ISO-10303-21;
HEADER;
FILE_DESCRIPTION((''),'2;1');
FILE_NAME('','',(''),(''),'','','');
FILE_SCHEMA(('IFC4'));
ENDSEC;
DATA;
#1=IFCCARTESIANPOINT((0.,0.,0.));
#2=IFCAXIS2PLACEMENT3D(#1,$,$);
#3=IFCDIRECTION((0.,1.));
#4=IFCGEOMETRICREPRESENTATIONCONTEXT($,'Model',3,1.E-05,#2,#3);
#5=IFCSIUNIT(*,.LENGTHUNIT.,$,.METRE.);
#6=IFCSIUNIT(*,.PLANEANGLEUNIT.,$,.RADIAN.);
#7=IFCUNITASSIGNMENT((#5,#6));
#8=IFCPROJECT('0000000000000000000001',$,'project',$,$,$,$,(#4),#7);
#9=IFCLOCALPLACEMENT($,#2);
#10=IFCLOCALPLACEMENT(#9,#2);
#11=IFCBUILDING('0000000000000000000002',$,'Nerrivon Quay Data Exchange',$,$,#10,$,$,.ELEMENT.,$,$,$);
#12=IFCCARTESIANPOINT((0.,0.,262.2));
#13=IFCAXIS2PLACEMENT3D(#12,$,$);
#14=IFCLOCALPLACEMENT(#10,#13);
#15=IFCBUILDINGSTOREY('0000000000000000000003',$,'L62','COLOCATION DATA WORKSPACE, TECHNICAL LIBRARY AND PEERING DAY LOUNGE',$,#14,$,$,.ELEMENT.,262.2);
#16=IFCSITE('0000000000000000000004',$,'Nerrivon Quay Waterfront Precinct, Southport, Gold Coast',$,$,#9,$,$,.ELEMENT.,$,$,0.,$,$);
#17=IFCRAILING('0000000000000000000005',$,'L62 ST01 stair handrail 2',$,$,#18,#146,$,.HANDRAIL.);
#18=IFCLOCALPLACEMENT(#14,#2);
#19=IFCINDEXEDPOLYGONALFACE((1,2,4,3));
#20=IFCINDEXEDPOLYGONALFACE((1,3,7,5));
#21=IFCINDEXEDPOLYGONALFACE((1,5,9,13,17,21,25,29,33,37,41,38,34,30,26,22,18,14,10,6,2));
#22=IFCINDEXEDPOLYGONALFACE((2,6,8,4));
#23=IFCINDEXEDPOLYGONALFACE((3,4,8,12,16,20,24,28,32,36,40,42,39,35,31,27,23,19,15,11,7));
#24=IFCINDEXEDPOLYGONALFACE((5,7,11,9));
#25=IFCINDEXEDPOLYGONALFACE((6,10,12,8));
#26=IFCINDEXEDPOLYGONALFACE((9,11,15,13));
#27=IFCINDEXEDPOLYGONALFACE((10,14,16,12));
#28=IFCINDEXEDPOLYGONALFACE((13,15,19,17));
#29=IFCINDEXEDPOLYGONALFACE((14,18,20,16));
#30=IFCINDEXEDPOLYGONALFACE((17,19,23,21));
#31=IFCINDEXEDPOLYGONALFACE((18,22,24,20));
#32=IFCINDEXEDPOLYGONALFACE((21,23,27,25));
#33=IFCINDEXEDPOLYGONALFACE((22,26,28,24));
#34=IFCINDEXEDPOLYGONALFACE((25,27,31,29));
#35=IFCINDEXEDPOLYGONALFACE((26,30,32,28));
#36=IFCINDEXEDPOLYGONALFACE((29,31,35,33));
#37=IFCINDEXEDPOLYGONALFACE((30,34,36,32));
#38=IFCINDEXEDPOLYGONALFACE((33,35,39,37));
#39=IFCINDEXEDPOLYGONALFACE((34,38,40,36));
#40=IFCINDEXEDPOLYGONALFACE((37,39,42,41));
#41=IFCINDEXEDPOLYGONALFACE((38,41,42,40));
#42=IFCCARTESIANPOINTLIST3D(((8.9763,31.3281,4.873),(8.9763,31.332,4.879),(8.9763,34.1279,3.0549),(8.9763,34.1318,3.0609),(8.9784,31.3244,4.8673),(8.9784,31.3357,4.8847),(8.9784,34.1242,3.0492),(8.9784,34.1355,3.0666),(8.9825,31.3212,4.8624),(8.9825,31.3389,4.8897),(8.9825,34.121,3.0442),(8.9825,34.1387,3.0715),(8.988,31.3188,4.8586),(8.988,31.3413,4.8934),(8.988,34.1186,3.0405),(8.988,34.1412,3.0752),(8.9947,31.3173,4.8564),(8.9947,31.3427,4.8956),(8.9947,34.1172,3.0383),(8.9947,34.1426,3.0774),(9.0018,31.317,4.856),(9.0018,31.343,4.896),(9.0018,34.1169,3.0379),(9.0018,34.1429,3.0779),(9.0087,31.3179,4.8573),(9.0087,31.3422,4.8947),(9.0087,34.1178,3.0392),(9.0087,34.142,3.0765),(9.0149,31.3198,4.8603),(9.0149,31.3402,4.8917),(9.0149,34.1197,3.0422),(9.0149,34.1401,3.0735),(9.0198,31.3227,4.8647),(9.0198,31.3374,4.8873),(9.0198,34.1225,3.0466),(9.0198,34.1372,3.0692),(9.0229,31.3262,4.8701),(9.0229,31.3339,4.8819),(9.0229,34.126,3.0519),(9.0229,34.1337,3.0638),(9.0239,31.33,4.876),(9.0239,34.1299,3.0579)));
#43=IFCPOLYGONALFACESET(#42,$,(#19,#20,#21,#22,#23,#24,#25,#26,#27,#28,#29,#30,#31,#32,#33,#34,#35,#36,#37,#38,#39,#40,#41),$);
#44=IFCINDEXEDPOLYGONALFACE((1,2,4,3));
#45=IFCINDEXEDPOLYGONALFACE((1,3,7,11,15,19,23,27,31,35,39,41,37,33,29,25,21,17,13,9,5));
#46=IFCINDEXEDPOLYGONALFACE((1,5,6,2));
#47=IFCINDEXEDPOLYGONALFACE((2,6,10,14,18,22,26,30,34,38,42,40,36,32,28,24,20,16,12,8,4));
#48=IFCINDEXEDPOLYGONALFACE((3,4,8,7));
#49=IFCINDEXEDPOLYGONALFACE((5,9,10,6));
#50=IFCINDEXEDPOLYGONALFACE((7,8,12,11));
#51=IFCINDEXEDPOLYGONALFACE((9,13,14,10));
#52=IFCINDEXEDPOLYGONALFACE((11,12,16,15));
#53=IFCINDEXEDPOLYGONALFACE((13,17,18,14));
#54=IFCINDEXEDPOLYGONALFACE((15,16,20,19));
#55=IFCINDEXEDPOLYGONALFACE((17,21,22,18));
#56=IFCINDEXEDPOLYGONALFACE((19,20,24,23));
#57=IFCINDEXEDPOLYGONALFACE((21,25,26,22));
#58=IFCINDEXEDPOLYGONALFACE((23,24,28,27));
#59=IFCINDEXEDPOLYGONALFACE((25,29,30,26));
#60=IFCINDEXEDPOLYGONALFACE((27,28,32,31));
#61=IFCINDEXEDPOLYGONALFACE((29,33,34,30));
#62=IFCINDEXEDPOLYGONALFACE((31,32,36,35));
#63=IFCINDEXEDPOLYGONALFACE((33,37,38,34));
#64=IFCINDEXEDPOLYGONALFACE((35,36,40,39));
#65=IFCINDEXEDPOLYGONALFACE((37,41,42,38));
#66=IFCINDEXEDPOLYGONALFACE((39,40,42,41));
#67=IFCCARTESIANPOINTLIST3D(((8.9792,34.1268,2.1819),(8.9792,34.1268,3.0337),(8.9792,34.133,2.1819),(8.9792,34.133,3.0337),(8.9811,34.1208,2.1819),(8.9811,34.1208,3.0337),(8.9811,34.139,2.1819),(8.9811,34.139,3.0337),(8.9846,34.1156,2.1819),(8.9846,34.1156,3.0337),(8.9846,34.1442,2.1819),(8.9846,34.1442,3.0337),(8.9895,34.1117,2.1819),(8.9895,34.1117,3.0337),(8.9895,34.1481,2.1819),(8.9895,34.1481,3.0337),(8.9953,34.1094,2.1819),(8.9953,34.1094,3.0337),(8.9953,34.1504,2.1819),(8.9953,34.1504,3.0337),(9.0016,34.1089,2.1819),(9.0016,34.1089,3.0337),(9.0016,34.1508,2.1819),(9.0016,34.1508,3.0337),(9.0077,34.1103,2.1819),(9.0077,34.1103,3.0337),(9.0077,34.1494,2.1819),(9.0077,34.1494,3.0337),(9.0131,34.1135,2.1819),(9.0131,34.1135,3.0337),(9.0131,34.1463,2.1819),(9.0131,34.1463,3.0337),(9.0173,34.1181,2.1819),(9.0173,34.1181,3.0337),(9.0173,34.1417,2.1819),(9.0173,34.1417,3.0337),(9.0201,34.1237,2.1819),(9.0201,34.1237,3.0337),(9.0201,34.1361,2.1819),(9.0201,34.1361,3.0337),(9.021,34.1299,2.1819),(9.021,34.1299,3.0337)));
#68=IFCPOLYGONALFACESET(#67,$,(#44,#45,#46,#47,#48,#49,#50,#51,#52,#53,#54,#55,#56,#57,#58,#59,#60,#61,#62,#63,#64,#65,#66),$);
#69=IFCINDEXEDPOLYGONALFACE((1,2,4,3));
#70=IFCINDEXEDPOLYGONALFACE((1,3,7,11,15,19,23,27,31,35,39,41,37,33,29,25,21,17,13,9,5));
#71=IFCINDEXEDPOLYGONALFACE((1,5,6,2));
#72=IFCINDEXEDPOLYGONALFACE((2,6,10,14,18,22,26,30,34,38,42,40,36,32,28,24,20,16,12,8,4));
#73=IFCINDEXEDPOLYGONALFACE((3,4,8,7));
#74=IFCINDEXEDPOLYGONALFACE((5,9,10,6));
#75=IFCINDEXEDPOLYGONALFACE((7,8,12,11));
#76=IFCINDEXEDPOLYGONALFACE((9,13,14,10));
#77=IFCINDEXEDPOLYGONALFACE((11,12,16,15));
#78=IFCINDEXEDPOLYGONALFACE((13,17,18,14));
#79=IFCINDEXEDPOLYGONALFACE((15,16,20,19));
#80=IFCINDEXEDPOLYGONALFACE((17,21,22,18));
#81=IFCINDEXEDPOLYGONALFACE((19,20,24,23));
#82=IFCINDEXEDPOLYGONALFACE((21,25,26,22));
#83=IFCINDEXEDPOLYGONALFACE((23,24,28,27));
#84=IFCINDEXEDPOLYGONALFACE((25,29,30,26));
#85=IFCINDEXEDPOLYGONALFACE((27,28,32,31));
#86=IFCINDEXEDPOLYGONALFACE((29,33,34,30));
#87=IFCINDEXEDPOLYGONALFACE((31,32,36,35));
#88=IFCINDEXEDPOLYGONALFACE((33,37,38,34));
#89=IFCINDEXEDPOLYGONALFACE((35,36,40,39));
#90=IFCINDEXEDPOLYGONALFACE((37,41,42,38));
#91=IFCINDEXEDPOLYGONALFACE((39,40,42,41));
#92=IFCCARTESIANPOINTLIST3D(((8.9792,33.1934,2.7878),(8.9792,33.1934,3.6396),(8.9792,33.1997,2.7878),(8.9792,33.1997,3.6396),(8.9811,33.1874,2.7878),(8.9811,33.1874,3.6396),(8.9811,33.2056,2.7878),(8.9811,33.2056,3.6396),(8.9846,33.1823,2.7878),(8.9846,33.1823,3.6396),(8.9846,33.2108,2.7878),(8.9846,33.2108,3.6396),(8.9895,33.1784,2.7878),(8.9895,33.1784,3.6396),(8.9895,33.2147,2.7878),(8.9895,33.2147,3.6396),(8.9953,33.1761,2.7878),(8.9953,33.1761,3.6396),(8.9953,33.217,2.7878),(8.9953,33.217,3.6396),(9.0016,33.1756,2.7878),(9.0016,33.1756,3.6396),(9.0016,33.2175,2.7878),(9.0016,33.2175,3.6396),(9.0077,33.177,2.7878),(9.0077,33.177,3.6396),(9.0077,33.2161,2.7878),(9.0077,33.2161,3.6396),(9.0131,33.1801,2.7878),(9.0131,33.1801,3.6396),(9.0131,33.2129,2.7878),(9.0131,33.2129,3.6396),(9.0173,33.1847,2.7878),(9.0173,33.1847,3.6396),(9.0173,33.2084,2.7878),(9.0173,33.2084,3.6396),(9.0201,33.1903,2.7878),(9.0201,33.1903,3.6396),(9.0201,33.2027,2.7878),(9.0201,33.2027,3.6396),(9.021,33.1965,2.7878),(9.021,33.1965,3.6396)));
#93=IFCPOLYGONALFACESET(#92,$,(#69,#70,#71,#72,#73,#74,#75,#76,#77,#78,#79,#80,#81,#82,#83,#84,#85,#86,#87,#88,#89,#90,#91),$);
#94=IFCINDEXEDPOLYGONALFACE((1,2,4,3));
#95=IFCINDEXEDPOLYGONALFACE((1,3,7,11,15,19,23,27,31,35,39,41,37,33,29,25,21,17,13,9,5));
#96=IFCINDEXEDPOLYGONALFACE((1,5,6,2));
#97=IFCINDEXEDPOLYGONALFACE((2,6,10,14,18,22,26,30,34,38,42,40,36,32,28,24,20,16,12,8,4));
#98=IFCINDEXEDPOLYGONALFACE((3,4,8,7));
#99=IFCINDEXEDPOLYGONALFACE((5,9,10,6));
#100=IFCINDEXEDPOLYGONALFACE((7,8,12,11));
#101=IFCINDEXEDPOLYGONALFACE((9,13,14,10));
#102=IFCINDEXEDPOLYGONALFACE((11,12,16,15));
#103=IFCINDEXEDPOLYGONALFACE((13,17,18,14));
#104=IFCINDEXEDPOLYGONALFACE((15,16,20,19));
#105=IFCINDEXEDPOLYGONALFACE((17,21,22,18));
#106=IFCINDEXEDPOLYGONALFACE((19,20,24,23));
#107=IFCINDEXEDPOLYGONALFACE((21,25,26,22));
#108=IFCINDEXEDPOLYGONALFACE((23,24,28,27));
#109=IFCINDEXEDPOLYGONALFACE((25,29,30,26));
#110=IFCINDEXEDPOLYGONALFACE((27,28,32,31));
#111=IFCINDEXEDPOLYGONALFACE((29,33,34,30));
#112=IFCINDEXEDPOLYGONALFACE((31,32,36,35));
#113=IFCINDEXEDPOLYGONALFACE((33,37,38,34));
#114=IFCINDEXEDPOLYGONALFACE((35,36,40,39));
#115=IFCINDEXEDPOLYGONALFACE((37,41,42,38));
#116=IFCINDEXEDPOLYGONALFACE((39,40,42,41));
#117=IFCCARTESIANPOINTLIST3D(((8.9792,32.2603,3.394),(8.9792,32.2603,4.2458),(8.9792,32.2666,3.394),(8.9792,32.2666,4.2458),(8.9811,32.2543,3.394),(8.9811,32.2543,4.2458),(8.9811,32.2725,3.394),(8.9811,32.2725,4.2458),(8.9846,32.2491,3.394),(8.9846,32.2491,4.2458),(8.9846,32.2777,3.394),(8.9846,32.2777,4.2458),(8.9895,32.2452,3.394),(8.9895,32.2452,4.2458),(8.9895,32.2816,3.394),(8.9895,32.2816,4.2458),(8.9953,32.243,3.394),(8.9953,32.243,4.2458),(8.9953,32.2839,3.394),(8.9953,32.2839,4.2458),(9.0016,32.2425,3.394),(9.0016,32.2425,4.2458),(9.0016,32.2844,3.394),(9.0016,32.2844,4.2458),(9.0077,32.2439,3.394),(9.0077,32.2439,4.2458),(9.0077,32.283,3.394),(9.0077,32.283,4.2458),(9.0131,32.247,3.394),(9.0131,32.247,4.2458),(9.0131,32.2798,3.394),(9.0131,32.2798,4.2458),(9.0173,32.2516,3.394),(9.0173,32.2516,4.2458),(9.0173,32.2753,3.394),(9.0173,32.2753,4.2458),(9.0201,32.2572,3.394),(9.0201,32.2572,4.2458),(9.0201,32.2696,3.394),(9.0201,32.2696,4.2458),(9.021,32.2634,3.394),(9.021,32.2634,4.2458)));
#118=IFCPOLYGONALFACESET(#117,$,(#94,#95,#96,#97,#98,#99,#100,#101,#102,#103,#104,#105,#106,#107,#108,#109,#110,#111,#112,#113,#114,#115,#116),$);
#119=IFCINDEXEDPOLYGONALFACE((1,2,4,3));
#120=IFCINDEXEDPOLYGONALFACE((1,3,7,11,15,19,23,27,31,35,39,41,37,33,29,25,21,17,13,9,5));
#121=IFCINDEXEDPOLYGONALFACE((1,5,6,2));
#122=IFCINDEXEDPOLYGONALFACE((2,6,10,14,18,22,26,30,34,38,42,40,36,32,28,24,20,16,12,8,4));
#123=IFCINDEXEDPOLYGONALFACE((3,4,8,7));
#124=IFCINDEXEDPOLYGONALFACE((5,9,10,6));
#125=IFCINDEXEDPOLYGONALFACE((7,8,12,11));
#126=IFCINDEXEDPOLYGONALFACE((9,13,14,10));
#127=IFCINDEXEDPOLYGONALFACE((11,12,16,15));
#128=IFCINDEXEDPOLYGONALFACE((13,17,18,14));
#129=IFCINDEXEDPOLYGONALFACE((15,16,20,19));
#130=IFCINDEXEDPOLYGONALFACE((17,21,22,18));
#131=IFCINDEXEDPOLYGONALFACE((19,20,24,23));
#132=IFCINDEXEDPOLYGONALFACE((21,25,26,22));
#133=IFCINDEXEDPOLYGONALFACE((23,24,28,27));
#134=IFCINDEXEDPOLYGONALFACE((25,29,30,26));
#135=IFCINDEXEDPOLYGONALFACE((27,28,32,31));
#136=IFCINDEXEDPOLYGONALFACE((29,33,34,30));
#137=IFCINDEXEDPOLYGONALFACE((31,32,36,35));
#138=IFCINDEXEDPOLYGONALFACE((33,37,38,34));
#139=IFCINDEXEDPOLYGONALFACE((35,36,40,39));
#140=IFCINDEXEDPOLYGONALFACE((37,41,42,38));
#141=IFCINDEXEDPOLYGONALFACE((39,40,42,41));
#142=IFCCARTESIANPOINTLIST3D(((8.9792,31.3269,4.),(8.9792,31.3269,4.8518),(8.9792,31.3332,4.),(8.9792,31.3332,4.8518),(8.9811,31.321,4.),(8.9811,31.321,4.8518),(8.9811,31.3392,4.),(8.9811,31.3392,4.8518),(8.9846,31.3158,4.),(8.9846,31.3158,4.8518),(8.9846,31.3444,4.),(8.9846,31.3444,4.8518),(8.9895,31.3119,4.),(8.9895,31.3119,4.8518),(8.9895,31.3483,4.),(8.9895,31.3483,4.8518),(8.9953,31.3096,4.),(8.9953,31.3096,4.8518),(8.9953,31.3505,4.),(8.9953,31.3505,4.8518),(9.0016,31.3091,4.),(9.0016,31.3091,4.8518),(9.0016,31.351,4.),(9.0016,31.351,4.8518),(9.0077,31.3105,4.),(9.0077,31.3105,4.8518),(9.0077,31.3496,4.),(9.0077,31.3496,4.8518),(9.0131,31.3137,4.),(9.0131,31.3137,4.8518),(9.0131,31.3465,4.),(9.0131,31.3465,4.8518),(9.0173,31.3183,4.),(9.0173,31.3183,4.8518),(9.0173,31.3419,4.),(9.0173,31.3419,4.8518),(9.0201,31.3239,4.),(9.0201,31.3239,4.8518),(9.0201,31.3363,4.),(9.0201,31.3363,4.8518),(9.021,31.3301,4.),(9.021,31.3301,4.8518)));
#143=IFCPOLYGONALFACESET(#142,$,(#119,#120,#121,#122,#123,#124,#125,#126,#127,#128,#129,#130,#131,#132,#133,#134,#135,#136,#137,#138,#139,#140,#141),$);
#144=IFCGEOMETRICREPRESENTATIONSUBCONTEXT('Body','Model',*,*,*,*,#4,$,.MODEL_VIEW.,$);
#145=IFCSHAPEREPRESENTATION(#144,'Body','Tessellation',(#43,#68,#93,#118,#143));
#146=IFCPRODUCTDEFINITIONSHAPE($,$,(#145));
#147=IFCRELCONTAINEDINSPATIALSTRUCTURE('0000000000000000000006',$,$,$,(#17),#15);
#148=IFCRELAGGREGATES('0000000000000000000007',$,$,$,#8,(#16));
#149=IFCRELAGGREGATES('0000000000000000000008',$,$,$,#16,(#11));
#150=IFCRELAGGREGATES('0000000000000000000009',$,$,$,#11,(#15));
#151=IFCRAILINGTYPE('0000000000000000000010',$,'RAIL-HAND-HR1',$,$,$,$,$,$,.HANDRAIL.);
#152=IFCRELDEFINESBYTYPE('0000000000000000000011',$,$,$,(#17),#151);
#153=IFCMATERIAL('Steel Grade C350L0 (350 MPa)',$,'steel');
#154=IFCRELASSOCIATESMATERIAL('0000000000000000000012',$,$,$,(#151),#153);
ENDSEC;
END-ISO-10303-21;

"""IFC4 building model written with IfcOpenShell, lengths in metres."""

from ifc_helpers import new_model, si_unit, direction, frame, origin, origin_2d, place, context, subcontext, project, spatial, circle, extrude, material, type_object, element, save


model = new_model("IFC4")

# Units and contexts
model_context = context("Model", 3, precision=1e-05, world=origin(), true_north=direction((0.0, 1.0)))
body_context = subcontext(model_context, "Body", "Model", "MODEL_VIEW")
ifc_project = project(units=[si_unit("LENGTHUNIT", "METRE"), si_unit("PLANEANGLEUNIT", "RADIAN")], contexts=[model_context])

# Site, building, storey
site_placement = place(None, origin())
site = spatial("IfcSite", under=ifc_project, at=site_placement, Name="Nerrivon Quay Waterfront Precinct, Southport, Gold Coast", CompositionType="ELEMENT", RefElevation=0.0)
building_placement = place(site_placement, origin())
building = spatial("IfcBuilding", under=site, at=building_placement, Name="Nerrivon Quay Data Exchange", CompositionType="ELEMENT")
storey_placement = place(building_placement, frame((0.0, 0.0, 262.2)))
storey = spatial("IfcBuildingStorey", under=building, at=storey_placement, Name="L62", Description="COLOCATION DATA WORKSPACE, TECHNICAL LIBRARY AND PEERING DAY LOUNGE", CompositionType="ELEMENT", Elevation=262.2)

# Shared definitions
ifc_material_1 = material(Name="Steel Grade C350L0 (350 MPa)", Category="steel")

# Railing
railing_type_1 = type_object("IfcRailingType", Name="RAIL-HAND-HR1", PredefinedType="HANDRAIL", material=ifc_material_1)
railing_1_placement = place(storey_placement, frame((9.0, 34.1299, 2.1819)))
element("IfcRailing", 1, at=railing_1_placement, inside=storey, type_object=railing_type_1, Name="L62 ST01 stair handrail 2", PredefinedType="HANDRAIL", context=body_context, shape_type="SweptSolid", body=[
    extrude(circle(Radius=0.0239, at=origin_2d()), frame((0.0, 0.0, 0.876), z_axis=(0.0, -0.838684, 0.544618), x_axis=(1.0, 0.0, 0.0)), (0.0, 0.0, 1.0), 3.3384),
    extrude(circle(Radius=0.021, at=origin_2d()), origin(), (0.0, 0.0, 1.0), 0.8518),
    extrude(circle(Radius=0.021, at=origin_2d()), frame((0.0, -0.9333, 0.606)), (0.0, 0.0, 1.0), 0.8518),
    extrude(circle(Radius=0.021, at=origin_2d()), frame((0.0, -1.8665, 1.2122)), (0.0, 0.0, 1.0), 0.8518),
    extrude(circle(Radius=0.021, at=origin_2d()), frame((0.0, -2.7998, 1.8181)), (0.0, 0.0, 1.0), 0.8518),
])

save(model, "model.ifc")
